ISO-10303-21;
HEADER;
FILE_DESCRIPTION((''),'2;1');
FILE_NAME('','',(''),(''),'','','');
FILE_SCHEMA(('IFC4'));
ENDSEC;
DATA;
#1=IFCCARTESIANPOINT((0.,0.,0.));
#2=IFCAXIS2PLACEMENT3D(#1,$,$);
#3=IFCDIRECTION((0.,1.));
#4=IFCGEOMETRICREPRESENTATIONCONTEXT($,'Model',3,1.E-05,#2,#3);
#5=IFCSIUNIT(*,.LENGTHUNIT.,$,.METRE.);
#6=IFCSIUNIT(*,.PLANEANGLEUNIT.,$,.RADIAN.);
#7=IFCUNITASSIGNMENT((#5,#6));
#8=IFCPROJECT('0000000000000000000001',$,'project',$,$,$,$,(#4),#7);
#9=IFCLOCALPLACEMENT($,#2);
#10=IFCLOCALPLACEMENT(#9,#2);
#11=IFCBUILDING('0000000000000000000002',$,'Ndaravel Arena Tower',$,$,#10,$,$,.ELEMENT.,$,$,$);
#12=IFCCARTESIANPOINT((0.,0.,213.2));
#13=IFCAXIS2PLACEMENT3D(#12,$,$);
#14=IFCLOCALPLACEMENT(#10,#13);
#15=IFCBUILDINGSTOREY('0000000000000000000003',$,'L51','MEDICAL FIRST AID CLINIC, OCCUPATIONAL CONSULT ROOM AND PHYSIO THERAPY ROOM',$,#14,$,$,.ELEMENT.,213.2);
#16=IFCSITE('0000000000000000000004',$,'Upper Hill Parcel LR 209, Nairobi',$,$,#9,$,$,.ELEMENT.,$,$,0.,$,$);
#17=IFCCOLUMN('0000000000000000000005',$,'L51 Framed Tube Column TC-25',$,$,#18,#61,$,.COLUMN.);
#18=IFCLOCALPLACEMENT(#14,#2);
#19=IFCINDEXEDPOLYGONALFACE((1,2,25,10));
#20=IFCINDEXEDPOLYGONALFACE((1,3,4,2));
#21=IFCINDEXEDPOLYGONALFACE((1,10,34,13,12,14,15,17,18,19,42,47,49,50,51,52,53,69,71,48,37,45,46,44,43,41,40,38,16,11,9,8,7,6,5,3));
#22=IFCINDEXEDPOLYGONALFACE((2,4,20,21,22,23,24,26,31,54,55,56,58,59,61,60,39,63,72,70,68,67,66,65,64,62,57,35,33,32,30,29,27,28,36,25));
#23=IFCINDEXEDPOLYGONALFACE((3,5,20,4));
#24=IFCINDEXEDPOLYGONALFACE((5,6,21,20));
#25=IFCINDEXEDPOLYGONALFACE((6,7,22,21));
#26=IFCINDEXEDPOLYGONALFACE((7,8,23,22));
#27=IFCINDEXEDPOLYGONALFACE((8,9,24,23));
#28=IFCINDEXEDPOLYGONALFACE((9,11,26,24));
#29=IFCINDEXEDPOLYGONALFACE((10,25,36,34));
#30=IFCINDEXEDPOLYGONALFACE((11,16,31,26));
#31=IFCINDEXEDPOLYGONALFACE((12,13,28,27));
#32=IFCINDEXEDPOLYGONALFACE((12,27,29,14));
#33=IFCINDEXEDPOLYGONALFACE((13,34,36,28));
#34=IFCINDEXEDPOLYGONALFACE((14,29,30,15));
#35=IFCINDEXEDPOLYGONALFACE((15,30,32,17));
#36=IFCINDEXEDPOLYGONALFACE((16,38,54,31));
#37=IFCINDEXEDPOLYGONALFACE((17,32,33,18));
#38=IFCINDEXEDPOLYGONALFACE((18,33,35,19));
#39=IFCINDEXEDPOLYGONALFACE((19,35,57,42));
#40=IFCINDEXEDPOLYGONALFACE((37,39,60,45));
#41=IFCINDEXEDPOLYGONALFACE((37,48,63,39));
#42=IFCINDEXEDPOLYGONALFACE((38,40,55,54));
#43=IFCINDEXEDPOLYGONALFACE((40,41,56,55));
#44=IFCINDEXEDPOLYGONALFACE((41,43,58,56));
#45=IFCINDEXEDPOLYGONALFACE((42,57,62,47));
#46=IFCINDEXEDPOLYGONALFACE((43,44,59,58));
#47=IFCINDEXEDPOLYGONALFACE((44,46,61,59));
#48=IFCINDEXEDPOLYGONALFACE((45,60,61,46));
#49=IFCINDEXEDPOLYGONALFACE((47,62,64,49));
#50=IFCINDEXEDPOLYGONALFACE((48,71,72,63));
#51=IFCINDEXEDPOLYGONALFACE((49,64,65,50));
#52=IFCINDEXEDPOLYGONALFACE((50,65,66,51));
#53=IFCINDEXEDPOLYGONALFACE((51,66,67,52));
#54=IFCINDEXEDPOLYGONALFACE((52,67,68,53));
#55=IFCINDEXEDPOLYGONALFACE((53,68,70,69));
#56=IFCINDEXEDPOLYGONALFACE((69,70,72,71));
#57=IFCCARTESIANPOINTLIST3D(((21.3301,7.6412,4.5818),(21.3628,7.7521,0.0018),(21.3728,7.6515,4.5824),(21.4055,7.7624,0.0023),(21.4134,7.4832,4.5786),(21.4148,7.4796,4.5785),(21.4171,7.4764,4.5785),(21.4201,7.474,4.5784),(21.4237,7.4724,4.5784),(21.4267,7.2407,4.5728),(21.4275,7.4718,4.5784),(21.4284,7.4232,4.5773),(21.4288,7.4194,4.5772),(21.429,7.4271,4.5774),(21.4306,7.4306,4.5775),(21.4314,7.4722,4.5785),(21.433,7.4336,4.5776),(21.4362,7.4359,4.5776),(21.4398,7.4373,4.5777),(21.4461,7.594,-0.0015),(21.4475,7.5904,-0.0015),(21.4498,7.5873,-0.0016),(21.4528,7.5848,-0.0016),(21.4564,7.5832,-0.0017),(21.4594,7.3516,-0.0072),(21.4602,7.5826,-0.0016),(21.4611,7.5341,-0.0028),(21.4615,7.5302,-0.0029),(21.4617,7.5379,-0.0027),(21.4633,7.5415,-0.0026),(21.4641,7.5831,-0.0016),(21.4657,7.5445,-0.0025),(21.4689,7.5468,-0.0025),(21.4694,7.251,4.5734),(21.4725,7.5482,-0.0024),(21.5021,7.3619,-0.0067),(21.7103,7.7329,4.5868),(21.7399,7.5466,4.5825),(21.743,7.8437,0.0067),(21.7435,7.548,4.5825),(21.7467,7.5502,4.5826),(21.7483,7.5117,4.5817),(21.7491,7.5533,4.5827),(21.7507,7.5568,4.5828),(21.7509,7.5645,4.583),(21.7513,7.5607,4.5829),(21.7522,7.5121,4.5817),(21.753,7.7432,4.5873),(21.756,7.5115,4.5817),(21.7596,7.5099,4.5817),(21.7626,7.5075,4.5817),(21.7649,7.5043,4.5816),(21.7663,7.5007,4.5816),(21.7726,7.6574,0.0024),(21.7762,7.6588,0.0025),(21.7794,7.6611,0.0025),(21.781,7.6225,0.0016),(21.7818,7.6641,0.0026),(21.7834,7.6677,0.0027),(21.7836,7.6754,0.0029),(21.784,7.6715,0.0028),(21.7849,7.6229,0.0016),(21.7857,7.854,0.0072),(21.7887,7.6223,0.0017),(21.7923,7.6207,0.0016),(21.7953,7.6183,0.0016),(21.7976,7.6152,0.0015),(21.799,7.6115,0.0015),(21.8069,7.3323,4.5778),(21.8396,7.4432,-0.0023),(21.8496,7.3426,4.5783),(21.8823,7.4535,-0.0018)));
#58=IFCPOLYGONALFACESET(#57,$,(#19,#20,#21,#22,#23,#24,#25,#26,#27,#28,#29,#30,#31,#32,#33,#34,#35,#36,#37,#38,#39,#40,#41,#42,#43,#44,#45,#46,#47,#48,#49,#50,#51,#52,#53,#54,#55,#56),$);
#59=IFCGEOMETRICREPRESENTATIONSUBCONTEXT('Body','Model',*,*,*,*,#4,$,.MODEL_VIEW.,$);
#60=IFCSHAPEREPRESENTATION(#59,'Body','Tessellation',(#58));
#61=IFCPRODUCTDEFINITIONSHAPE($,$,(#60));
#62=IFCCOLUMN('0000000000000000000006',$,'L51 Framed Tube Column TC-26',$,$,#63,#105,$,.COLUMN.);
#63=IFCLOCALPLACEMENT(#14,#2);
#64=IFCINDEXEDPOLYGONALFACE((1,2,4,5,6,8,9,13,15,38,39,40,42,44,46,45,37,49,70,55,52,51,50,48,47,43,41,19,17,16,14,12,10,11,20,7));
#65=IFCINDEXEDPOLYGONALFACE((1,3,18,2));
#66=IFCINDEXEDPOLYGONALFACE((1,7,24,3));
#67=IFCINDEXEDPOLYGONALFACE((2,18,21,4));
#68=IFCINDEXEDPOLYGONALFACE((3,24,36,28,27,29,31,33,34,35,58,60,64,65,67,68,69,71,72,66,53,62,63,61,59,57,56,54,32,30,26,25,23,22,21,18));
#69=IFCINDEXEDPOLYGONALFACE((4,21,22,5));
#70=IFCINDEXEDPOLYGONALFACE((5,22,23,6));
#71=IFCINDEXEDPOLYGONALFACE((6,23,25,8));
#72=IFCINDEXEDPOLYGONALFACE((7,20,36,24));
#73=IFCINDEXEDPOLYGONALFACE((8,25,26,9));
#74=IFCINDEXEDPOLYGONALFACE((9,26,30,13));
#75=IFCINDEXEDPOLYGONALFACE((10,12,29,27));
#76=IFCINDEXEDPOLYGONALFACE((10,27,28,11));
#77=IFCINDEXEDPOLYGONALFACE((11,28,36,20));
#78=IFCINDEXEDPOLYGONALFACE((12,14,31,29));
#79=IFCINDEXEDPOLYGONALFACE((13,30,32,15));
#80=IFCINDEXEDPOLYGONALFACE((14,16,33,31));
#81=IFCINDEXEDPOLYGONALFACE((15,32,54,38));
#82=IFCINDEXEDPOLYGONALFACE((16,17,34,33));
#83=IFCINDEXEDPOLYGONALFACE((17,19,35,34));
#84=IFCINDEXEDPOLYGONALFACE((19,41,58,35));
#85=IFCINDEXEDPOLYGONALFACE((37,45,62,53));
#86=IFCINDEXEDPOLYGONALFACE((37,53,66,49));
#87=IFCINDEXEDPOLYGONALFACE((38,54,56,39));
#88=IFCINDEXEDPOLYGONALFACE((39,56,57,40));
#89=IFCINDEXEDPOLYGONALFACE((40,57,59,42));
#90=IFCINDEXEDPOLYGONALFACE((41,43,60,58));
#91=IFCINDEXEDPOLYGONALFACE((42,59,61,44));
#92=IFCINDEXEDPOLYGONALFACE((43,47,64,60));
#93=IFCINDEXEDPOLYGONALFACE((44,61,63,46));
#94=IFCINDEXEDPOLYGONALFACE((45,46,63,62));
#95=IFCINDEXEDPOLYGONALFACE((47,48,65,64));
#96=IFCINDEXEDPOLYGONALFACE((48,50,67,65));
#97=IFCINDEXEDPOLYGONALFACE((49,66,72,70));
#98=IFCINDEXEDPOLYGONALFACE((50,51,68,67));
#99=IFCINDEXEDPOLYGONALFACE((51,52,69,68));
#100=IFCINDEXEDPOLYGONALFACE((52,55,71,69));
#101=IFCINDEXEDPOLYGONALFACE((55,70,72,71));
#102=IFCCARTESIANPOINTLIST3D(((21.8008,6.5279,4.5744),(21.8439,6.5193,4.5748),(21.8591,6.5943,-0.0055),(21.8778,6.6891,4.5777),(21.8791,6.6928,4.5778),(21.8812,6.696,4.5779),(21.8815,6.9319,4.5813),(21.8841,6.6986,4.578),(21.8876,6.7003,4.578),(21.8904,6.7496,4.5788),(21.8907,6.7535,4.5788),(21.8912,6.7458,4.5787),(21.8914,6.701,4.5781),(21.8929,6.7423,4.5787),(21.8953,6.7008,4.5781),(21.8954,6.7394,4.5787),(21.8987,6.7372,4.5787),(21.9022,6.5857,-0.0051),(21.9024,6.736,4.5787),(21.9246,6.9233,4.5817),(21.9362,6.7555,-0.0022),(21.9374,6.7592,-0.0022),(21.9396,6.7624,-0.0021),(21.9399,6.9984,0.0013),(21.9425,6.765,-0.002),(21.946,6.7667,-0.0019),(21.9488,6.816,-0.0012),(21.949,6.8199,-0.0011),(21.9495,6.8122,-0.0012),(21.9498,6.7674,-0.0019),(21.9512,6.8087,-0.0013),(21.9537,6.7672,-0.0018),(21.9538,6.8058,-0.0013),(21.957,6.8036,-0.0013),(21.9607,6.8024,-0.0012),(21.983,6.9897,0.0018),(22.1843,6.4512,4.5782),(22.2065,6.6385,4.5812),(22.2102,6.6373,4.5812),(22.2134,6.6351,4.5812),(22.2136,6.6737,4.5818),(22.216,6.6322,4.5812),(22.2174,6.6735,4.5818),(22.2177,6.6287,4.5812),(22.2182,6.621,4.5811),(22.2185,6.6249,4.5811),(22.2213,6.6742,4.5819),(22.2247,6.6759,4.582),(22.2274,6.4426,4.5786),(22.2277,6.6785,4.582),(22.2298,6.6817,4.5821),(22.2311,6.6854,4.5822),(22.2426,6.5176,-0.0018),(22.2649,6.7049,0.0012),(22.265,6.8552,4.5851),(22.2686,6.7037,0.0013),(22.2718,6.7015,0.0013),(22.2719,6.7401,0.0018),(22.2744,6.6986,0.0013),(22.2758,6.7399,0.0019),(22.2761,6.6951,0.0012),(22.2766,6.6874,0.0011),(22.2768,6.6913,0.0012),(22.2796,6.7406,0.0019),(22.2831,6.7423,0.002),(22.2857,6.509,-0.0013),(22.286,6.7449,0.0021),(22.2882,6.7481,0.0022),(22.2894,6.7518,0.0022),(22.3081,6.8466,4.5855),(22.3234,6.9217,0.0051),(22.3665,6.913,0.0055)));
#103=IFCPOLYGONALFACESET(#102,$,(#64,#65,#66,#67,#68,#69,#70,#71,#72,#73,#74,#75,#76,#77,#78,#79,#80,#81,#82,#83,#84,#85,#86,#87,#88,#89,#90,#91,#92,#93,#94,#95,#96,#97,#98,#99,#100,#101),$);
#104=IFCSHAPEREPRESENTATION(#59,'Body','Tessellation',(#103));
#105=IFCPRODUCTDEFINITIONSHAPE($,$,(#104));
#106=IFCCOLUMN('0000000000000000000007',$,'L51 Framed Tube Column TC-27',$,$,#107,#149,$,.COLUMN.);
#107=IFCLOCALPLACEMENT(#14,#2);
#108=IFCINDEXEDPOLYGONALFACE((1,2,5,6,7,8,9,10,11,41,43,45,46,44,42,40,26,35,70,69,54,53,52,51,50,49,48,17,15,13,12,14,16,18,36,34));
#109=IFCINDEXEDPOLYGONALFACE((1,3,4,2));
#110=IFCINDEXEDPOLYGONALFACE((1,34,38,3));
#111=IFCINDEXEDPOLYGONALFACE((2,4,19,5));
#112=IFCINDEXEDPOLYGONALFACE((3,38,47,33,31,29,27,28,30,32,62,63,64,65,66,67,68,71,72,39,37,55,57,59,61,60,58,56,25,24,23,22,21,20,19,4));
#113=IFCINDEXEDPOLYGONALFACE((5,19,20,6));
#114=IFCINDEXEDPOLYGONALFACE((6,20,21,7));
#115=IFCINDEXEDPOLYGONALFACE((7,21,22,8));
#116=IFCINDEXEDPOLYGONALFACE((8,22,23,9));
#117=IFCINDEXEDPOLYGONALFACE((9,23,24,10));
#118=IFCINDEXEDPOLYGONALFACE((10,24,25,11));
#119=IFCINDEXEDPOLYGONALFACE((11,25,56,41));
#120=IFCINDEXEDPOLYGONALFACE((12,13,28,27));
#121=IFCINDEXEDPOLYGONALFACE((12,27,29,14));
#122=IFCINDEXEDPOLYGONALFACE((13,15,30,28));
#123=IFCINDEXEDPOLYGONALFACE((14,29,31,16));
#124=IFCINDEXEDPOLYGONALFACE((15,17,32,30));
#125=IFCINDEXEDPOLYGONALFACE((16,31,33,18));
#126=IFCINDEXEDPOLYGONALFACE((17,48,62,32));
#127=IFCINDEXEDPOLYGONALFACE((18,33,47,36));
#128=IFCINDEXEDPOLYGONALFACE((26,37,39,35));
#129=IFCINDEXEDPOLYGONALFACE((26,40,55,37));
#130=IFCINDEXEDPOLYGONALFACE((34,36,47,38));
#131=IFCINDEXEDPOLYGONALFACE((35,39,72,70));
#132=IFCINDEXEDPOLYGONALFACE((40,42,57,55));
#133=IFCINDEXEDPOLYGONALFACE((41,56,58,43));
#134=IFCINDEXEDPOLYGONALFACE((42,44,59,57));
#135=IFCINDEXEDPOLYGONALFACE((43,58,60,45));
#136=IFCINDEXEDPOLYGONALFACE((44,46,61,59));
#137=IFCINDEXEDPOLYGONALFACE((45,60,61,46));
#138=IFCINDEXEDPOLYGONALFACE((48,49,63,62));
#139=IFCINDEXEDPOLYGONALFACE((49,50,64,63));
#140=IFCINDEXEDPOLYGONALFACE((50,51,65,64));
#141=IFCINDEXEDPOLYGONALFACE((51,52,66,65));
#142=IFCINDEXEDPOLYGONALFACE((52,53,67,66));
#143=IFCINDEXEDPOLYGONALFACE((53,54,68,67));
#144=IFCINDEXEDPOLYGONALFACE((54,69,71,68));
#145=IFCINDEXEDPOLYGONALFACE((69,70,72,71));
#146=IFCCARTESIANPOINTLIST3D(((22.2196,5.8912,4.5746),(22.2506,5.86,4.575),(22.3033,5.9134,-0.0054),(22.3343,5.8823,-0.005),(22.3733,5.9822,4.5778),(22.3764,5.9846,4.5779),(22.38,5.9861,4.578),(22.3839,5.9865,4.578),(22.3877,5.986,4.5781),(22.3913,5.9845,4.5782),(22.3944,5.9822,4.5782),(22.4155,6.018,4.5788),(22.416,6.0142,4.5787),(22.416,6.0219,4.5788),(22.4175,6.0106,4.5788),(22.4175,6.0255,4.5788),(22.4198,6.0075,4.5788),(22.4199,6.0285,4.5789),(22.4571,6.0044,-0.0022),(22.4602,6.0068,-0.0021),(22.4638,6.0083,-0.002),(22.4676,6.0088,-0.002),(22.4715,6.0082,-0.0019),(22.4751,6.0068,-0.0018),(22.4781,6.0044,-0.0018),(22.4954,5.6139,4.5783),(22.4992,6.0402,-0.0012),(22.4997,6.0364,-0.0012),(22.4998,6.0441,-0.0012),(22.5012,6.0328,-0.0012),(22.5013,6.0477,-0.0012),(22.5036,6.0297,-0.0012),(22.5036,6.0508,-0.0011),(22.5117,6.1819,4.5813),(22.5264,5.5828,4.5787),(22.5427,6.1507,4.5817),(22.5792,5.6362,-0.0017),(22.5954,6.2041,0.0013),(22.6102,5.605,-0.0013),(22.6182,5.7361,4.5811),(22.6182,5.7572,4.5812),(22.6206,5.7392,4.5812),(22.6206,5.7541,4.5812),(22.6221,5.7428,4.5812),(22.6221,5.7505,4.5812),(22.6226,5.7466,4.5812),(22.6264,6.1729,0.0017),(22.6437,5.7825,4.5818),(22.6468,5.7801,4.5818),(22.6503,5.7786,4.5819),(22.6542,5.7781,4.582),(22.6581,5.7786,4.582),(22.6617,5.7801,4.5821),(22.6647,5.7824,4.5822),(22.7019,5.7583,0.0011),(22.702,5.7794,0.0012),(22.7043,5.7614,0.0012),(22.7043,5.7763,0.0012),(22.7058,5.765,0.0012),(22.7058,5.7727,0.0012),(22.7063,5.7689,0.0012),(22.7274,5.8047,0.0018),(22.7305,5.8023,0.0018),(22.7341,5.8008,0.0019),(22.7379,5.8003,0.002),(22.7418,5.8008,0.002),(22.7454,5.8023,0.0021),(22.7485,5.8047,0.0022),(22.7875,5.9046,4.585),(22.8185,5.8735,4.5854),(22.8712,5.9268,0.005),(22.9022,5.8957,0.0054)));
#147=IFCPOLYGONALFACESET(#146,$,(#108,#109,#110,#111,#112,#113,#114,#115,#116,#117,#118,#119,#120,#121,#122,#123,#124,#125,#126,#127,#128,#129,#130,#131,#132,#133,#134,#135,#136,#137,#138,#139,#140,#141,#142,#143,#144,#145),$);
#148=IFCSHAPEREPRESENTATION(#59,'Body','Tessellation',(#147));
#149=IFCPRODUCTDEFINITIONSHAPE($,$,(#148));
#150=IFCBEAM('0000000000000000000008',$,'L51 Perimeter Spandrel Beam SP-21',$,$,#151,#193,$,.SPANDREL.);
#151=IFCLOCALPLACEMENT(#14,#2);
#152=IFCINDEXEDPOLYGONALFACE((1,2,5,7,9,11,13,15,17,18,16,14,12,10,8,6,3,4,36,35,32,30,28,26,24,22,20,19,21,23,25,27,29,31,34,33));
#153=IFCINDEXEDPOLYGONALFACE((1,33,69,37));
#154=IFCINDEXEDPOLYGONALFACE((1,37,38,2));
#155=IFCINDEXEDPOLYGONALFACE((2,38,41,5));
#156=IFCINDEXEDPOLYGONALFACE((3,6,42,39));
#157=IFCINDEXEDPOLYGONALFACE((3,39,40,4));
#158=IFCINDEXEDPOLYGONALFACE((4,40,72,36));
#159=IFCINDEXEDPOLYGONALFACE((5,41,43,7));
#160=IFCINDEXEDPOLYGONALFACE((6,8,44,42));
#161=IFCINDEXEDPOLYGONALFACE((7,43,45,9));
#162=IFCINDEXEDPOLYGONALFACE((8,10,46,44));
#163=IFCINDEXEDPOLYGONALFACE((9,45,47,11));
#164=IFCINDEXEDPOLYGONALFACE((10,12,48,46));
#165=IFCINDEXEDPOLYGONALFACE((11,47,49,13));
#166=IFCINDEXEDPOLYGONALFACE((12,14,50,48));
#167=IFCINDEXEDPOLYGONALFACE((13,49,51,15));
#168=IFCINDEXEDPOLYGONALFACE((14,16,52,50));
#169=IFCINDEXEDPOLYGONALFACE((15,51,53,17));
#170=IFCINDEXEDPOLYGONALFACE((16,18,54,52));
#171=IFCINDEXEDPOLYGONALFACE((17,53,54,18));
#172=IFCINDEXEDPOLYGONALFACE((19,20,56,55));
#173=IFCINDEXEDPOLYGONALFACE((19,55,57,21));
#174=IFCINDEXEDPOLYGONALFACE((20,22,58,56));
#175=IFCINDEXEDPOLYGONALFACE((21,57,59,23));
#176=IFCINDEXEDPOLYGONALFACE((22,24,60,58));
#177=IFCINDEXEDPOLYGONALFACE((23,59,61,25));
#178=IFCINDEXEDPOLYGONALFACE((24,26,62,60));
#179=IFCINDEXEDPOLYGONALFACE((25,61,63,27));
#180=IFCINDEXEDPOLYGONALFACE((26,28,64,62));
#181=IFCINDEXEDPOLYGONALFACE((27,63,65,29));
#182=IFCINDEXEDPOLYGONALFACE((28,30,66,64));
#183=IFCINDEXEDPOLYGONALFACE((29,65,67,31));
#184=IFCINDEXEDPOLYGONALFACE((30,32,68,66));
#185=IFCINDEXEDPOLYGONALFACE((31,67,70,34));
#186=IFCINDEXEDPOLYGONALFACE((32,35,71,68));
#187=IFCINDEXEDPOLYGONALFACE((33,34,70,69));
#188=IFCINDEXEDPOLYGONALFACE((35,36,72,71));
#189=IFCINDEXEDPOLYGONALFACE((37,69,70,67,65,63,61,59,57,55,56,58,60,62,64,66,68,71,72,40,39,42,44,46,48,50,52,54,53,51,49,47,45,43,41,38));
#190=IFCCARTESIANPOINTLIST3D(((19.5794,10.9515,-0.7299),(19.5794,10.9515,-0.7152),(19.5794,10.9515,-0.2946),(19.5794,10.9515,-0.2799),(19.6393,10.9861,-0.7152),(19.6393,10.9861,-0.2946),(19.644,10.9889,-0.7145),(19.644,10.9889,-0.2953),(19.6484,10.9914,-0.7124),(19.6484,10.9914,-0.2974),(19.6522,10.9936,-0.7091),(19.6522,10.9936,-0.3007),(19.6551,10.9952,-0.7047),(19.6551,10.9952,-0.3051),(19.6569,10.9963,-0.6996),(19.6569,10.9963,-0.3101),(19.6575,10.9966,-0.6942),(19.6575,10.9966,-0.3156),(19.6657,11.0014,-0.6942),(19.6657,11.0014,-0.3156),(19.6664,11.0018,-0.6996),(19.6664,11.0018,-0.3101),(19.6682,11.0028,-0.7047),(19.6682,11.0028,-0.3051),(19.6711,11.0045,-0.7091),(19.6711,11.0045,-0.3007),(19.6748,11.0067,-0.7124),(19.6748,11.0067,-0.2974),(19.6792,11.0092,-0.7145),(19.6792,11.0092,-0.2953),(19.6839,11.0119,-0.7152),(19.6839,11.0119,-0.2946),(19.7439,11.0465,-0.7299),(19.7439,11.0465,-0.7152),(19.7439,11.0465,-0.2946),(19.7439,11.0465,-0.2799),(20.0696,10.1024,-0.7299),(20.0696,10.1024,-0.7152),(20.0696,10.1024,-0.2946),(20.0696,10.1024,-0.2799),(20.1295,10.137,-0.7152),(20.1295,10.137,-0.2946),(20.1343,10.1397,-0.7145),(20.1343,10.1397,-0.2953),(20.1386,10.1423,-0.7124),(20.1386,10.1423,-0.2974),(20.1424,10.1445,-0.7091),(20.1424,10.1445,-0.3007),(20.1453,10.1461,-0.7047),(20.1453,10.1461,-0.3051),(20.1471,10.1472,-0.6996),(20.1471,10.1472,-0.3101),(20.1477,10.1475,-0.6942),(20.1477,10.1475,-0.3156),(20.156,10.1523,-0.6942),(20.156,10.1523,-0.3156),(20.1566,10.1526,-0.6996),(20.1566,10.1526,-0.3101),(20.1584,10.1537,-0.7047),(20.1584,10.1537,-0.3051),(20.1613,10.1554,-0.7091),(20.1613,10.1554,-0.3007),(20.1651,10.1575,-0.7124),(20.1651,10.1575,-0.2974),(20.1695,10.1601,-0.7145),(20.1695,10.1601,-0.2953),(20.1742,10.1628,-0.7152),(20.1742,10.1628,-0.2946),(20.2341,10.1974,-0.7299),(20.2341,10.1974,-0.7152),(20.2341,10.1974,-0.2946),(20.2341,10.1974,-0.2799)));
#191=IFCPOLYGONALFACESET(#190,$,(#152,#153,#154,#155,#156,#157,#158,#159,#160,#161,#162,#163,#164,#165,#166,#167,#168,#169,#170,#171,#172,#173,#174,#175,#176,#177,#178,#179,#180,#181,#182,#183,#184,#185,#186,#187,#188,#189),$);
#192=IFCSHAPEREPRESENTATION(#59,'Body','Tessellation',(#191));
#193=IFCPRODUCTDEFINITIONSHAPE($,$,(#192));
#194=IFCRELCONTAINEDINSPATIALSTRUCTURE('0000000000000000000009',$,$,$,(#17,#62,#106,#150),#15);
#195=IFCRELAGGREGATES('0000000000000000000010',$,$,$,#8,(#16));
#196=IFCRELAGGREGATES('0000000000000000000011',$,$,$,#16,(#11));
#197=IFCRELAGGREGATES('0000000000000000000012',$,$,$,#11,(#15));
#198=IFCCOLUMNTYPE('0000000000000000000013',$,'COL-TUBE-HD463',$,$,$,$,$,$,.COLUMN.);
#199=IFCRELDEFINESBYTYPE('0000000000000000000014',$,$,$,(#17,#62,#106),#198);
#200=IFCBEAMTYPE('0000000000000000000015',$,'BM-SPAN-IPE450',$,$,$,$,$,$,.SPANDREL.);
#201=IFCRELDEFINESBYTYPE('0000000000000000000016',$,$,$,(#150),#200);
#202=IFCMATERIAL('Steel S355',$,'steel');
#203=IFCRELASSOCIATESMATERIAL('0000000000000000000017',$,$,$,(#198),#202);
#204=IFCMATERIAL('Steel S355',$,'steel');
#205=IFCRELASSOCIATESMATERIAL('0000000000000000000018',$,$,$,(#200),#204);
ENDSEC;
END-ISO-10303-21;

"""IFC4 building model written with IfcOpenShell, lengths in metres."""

from ifc_helpers import new_model, si_unit, direction, frame, origin, origin_2d, place, context, subcontext, project, spatial, i_section, extrude, material, material_profile, profile_set, type_object, element, save


model = new_model("IFC4")

# Units and contexts
model_context = context("Model", 3, precision=1e-05, world=origin(), true_north=direction((0.0, 1.0)))
body_context = subcontext(model_context, "Body", "Model", "MODEL_VIEW")
ifc_project = project(units=[si_unit("LENGTHUNIT", "METRE"), si_unit("PLANEANGLEUNIT", "RADIAN")], contexts=[model_context])

# Site, building, storey
site_placement = place(None, origin())
site = spatial("IfcSite", under=ifc_project, at=site_placement, Name="Upper Hill Parcel LR 209, Nairobi", CompositionType="ELEMENT", RefElevation=0.0)
building_placement = place(site_placement, origin())
building = spatial("IfcBuilding", under=site, at=building_placement, Name="Ndaravel Arena Tower", CompositionType="ELEMENT")
storey_placement = place(building_placement, frame((0.0, 0.0, 213.2)))
storey = spatial("IfcBuildingStorey", under=building, at=storey_placement, Name="L51", Description="MEDICAL FIRST AID CLINIC, OCCUPATIONAL CONSULT ROOM AND PHYSIO THERAPY ROOM", CompositionType="ELEMENT", Elevation=213.2)

# Columns
ifc_material_1 = material(Name="Steel S355", Category="steel")
ifc_material_profile_1 = material_profile(ifc_material_1, i_section(OverallWidth=0.4121, OverallDepth=0.4351, WebThickness=0.0359, FlangeThickness=0.0439, FilletRadius=0.0149, at=origin_2d()), Name="HD 400x463")
ifc_profile_set_1 = profile_set([ifc_material_profile_1], Name="Steel S355")
column_type = type_object("IfcColumnType", Name="COL-TUBE-HD463", PredefinedType="COLUMN", material=ifc_profile_set_1)
column_1_placement = place(storey_placement, frame((21.6226, 7.6028, 0.0), z_axis=(-0.007141, -0.024193, 0.999682), x_axis=(-0.23447, 0.971878, 0.021845)))
element("IfcColumn", 1, at=column_1_placement, inside=storey, type_object=column_type, Name="L51 Framed Tube Column TC-25", PredefinedType="COLUMN", context=body_context, shape_type="SweptSolid", body=[
    extrude(i_section(OverallWidth=0.4121, OverallDepth=0.4351, WebThickness=0.0359, FlangeThickness=0.0439, FilletRadius=0.0149, at=origin_2d()), origin(), (0.0, 0.0, 1.0), 4.5815),
])
for number, where, z_axis, x_axis, name in (
    (2, (22.1128, 6.7537, 0.0), (-0.012737, -0.014496, 0.999814), (0.195925, 0.980476, 0.016712), "L51 Framed Tube Column TC-26"),
    (3, (22.6028, 5.9045, 0.0), (-0.01828, -0.00485, 0.999821), (0.7087, 0.70532, 0.016379), "L51 Framed Tube Column TC-27"),
):
    element("IfcColumn", number, at=place(storey_placement, frame(where, z_axis=z_axis, x_axis=x_axis)), inside=storey, type_object=column_type, Name=name, PredefinedType="COLUMN", context=body_context, shape_type="SweptSolid", body=[
        extrude(i_section(OverallWidth=0.4121, OverallDepth=0.4351, WebThickness=0.0359, FlangeThickness=0.0439, FilletRadius=0.0149, at=origin_2d()), origin(), (0.0, 0.0, 1.0), 4.5808),
    ])

# Beam
ifc_material_2 = material(Name="Steel S355", Category="steel")
ifc_material_profile_2 = material_profile(ifc_material_2, i_section(OverallWidth=0.1899, OverallDepth=0.45, WebThickness=0.0095, FlangeThickness=0.0146, FilletRadius=0.021, at=origin_2d()), Name="IPE 450")
ifc_profile_set_2 = profile_set([ifc_material_profile_2], Name="Steel S355")
beam_type_1 = type_object("IfcBeamType", Name="BM-SPAN-IPE450", PredefinedType="SPANDREL", material=ifc_profile_set_2)
for number, where, z_axis, x_axis, name in (
    (4, (19.6616, 10.999, -0.5049), (0.499995, -0.866028, 0.0), (0.866028, 0.499995, 0.0), "L51 Perimeter Spandrel Beam SP-21"),
):
    element("IfcBeam", number, at=place(storey_placement, frame(where, z_axis=z_axis, x_axis=x_axis)), inside=storey, type_object=beam_type_1, Name=name, PredefinedType="SPANDREL", context=body_context, shape_type="SweptSolid", body=[
        extrude(i_section(OverallWidth=0.1899, OverallDepth=0.45, WebThickness=0.0095, FlangeThickness=0.0146, FilletRadius=0.021, at=origin_2d()), origin(), (0.0, 0.0, 1.0), 0.9805),
    ])

save(model, "model.ifc")
